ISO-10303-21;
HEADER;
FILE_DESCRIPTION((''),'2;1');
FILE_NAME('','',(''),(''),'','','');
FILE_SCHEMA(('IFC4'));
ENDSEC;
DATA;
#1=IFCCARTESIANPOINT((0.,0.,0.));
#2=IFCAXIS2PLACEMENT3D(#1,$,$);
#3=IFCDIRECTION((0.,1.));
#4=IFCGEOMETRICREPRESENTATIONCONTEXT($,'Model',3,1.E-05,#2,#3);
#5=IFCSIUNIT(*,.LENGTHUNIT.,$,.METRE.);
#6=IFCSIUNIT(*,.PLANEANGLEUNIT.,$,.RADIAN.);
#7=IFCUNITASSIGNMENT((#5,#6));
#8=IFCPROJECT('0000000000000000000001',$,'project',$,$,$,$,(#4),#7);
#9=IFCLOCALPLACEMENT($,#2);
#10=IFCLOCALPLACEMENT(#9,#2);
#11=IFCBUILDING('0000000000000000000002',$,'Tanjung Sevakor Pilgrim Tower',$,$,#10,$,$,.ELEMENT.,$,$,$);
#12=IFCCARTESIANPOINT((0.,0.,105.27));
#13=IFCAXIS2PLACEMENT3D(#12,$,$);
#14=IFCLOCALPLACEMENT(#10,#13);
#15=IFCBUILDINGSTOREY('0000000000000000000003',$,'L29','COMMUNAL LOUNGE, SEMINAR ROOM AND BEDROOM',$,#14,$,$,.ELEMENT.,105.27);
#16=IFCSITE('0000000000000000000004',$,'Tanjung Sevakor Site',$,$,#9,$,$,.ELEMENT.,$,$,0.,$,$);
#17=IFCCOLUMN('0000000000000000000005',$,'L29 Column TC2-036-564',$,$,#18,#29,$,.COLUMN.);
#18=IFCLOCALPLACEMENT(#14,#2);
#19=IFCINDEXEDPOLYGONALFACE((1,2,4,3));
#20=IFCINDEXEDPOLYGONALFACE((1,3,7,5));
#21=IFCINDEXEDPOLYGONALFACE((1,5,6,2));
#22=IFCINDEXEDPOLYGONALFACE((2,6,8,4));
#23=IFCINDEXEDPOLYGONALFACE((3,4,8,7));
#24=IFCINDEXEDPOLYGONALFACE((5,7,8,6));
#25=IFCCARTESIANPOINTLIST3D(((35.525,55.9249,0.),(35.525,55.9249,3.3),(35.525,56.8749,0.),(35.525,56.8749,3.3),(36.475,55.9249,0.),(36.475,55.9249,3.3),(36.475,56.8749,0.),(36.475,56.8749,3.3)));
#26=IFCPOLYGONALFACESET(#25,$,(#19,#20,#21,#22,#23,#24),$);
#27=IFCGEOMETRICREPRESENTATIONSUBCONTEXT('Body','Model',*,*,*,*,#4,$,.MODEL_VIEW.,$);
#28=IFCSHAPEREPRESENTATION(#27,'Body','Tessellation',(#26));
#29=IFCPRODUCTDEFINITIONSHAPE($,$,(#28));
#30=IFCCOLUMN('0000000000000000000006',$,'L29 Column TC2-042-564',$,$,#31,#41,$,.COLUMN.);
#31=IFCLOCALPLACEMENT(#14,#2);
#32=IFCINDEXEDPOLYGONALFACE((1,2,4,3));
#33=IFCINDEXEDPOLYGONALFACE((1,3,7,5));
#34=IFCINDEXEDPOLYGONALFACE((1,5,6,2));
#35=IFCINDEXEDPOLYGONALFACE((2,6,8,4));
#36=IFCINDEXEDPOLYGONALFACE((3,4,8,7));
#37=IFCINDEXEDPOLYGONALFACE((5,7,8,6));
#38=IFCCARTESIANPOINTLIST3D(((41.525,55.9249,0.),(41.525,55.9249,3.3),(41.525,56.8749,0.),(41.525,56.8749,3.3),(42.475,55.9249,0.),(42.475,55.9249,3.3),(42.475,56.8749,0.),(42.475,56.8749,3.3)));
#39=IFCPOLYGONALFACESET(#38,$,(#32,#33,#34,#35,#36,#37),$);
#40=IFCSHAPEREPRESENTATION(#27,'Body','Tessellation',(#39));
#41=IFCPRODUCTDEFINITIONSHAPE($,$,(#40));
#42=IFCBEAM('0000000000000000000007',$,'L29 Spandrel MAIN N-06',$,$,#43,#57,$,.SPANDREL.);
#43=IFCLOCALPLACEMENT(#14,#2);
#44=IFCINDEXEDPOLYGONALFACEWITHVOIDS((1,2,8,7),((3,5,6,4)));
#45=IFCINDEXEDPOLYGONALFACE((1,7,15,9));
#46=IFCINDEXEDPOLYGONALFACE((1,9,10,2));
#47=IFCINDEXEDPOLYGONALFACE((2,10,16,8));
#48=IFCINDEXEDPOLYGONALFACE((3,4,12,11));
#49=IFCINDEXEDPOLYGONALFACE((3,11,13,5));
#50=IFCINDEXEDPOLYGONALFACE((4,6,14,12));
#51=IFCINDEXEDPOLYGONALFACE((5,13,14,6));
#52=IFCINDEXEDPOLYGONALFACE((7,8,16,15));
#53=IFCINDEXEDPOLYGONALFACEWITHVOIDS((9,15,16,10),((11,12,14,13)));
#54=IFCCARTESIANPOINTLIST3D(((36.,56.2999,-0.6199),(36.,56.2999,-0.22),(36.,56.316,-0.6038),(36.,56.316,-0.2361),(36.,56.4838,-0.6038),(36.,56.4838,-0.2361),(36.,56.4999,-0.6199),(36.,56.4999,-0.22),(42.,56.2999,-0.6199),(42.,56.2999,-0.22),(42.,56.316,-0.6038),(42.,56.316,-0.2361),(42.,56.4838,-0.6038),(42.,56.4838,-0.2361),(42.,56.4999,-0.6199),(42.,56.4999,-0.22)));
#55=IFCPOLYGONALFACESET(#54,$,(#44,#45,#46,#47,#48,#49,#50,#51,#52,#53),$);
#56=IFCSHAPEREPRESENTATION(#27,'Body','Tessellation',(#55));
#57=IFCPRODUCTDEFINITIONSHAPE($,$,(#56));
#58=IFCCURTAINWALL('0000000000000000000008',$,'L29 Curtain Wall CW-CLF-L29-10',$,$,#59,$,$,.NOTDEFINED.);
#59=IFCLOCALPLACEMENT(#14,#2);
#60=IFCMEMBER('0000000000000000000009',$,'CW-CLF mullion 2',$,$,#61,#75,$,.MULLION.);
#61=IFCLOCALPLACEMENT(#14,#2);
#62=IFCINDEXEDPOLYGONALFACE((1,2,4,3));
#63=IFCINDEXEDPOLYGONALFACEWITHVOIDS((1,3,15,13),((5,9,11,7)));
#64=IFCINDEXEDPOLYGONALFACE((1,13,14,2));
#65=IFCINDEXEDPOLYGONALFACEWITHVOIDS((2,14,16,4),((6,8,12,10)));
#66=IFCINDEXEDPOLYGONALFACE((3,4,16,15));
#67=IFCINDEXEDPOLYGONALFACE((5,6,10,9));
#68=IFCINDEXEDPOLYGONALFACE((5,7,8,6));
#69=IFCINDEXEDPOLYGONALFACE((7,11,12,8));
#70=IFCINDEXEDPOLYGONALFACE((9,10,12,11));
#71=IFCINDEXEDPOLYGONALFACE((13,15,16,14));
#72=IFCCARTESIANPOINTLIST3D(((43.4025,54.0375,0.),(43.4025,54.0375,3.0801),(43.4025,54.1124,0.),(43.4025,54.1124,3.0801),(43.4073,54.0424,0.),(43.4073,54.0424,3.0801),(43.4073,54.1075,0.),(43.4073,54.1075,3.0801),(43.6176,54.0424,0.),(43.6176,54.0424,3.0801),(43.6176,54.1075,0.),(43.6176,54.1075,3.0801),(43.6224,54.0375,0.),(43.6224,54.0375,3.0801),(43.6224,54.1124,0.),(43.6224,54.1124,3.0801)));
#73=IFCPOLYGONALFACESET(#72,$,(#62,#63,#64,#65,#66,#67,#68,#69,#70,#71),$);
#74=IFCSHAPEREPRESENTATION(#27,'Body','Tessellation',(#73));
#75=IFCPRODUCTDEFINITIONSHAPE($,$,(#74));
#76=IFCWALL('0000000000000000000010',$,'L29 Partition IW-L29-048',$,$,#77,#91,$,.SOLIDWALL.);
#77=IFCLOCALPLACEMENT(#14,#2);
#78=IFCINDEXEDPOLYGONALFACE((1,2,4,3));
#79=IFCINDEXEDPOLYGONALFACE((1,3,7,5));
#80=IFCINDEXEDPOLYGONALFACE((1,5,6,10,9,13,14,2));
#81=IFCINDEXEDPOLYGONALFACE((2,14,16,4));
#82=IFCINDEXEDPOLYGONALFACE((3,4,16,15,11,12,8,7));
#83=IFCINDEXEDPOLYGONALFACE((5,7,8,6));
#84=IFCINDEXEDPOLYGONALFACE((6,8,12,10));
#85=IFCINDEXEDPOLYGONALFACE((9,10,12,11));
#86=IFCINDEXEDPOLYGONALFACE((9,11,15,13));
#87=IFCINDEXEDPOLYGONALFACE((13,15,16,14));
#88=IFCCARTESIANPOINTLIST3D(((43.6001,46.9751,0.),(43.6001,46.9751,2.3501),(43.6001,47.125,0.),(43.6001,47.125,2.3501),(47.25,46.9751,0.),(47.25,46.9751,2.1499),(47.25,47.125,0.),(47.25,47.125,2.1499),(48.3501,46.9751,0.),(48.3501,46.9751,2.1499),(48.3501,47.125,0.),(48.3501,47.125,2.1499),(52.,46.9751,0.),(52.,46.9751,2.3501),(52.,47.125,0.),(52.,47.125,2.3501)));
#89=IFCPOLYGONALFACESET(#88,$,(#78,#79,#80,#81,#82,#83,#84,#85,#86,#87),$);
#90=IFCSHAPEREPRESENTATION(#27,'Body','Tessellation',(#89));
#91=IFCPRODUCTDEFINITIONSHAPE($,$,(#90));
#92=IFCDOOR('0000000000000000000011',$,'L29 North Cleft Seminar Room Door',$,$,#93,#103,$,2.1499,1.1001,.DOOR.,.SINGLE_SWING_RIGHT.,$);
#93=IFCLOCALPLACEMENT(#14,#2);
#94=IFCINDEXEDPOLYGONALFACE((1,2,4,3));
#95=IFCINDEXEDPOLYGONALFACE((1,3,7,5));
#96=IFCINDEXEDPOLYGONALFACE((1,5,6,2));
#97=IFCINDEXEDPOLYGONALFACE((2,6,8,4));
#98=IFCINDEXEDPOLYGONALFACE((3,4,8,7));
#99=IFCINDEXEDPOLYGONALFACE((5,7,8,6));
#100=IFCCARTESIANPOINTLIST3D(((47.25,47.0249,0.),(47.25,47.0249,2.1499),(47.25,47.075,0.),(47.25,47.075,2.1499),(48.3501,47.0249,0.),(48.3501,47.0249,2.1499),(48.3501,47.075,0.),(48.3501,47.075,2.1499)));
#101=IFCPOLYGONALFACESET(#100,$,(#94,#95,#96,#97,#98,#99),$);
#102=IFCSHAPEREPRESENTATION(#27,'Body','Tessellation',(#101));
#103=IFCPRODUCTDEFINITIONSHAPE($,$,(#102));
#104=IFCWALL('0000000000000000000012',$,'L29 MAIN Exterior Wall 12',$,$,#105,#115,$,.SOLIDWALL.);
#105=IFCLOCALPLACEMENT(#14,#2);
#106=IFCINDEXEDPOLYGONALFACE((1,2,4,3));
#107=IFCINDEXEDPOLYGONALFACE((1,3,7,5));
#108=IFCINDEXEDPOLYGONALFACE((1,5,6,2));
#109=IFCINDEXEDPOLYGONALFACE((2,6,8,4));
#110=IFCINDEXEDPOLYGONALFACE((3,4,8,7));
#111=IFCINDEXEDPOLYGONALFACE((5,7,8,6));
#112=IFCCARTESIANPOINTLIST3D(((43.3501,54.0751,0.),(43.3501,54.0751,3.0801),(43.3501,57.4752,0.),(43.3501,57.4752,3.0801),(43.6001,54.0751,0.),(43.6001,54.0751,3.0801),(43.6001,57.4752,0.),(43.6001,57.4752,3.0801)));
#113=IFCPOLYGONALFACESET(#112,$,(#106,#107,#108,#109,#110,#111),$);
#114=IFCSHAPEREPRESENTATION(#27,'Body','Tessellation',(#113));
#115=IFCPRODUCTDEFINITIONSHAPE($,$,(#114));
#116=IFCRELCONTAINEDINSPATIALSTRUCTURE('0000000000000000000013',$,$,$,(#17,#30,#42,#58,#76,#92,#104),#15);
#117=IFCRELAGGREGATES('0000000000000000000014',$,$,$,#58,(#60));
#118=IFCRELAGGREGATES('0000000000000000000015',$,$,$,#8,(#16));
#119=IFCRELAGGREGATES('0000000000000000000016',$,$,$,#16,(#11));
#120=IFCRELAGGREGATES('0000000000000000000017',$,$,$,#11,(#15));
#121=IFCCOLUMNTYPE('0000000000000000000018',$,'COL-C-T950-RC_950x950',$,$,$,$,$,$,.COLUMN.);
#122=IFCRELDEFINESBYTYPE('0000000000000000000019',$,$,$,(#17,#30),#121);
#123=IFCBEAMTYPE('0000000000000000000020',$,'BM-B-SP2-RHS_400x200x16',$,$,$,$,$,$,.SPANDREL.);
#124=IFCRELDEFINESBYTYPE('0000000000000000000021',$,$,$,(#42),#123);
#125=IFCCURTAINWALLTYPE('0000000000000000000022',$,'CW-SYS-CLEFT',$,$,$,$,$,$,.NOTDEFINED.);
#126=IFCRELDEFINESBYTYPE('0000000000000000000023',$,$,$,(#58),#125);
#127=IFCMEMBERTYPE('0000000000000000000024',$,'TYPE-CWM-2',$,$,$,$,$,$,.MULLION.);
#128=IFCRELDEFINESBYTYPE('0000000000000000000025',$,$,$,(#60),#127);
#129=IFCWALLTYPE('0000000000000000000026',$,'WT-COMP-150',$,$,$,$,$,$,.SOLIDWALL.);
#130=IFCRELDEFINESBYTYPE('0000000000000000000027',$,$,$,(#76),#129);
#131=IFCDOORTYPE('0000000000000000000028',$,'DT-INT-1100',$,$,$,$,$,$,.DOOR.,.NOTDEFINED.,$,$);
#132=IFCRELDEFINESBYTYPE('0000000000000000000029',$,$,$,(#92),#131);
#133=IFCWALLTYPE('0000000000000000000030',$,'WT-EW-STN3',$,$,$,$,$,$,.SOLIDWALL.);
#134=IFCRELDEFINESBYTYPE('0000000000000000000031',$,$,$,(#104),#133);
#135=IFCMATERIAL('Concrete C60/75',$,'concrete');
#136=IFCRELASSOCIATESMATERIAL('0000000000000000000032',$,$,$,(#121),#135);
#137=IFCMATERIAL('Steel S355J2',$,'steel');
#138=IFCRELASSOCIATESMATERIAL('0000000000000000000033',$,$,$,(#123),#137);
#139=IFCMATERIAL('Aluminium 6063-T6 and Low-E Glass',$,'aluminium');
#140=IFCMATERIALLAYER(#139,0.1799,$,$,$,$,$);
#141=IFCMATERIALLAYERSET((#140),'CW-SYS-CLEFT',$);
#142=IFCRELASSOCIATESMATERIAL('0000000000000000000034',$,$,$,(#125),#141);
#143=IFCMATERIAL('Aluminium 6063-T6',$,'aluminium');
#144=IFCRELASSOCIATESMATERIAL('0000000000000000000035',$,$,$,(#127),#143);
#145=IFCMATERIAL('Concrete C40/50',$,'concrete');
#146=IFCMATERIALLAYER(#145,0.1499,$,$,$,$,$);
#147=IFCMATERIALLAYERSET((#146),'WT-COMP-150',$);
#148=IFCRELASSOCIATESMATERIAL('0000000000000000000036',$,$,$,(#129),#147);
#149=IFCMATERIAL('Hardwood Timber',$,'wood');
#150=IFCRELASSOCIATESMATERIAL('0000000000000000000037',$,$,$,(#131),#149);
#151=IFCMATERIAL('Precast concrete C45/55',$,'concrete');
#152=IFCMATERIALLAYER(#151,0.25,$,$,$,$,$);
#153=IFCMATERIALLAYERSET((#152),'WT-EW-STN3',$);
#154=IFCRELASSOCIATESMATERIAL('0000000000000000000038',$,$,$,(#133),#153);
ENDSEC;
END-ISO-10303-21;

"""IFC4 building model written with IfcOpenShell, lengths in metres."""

from ifc_helpers import new_model, si_unit, direction, frame, frame_2d, origin, origin_2d, place, context, subcontext, project, spatial, rectangle, hollow_rectangle, extrude, material, layer, layer_set, material_profile, profile_set, type_object, element, fill, aggregate, save


model = new_model("IFC4")

# Units and contexts
model_context = context("Model", 3, precision=1e-05, world=origin(), true_north=direction((0.0, 1.0)))
body_context = subcontext(model_context, "Body", "Model", "MODEL_VIEW")
ifc_project = project(units=[si_unit("LENGTHUNIT", "METRE"), si_unit("PLANEANGLEUNIT", "RADIAN")], contexts=[model_context])

# Site, building, storey
site_placement = place(None, origin())
site = spatial("IfcSite", under=ifc_project, at=site_placement, Name="Tanjung Sevakor Site", CompositionType="ELEMENT", RefElevation=0.0)
building_placement = place(site_placement, origin())
building = spatial("IfcBuilding", under=site, at=building_placement, Name="Tanjung Sevakor Pilgrim Tower", CompositionType="ELEMENT")
storey_placement = place(building_placement, frame((0.0, 0.0, 105.27)))
storey = spatial("IfcBuildingStorey", under=building, at=storey_placement, Name="L29", Description="COMMUNAL LOUNGE, SEMINAR ROOM AND BEDROOM", CompositionType="ELEMENT", Elevation=105.27)

# Columns
ifc_material_1 = material(Name="Concrete C60/75", Category="concrete")
ifc_material_profile_1 = material_profile(ifc_material_1, rectangle(XDim=0.95, YDim=0.95, at=origin_2d()))
ifc_profile_set_1 = profile_set([ifc_material_profile_1], Name="Concrete C60/75")
column_type = type_object("IfcColumnType", Name="COL-C-T950-RC_950x950", PredefinedType="COLUMN", material=ifc_profile_set_1)
for number, where, z_axis, x_axis, name in (
    (1, (36.0, 56.3999, 0.0), (0.0, 0.0, 1.0), (1.0, 0.0, 0.0), "L29 Column TC2-036-564"),
    (2, (42.0, 56.3999, 0.0), (0.0, 0.0, 1.0), (1.0, 0.0, 0.0), "L29 Column TC2-042-564"),
):
    element("IfcColumn", number, at=place(storey_placement, frame(where, z_axis=z_axis, x_axis=x_axis)), inside=storey, type_object=column_type, Name=name, PredefinedType="COLUMN", context=body_context, shape_type="SweptSolid", body=[
        extrude(rectangle(XDim=0.95, YDim=0.95, at=origin_2d()), origin(), (0.0, 0.0, 1.0), 3.3),
    ])

# Beam
ifc_material_2 = material(Name="Steel S355J2", Category="steel")
ifc_material_profile_2 = material_profile(ifc_material_2, hollow_rectangle(XDim=0.2, YDim=0.3999, WallThickness=0.0161, at=origin_2d()))
ifc_profile_set_2 = profile_set([ifc_material_profile_2], Name="Steel S355J2")
beam_type = type_object("IfcBeamType", Name="BM-B-SP2-RHS_400x200x16", PredefinedType="SPANDREL", material=ifc_profile_set_2)
beam_placement = place(storey_placement, frame((36.0, 56.3999, -0.4199), z_axis=(1.0, 0.0, 0.0), x_axis=(0.0, 1.0, 0.0)))
element("IfcBeam", 3, at=beam_placement, inside=storey, type_object=beam_type, Name="L29 Spandrel MAIN N-06", PredefinedType="SPANDREL", context=body_context, shape_type="SweptSolid", body=[
    extrude(hollow_rectangle(XDim=0.2, YDim=0.3999, WallThickness=0.0161, at=origin_2d()), origin(), (0.0, 0.0, 1.0), 6.0),
])

# Curtain wall, member
ifc_material_3 = material(Name="Aluminium 6063-T6 and Low-E Glass", Category="aluminium")
ifc_layer_1 = layer(ifc_material_3, 0.1799)
ifc_layer_set_1 = layer_set([ifc_layer_1], Name="CW-SYS-CLEFT")
curtain_wall_type = type_object("IfcCurtainWallType", Name="CW-SYS-CLEFT", PredefinedType="NOTDEFINED", material=ifc_layer_set_1)
curtain_wall_placement = place(storey_placement, origin())
curtain_wall = element("IfcCurtainWall", 4, at=curtain_wall_placement, inside=storey, type_object=curtain_wall_type, Name="L29 Curtain Wall CW-CLF-L29-10", PredefinedType="NOTDEFINED")
ifc_material_4 = material(Name="Aluminium 6063-T6", Category="aluminium")
ifc_material_profile_3 = material_profile(ifc_material_4, hollow_rectangle(XDim=0.075, YDim=0.22, WallThickness=0.0049, at=origin_2d()))
ifc_profile_set_3 = profile_set([ifc_material_profile_3], Name="Aluminium 6063-T6")
member_type = type_object("IfcMemberType", Name="TYPE-CWM-2", PredefinedType="MULLION", material=ifc_profile_set_3)
member_placement = place(storey_placement, frame((43.5125, 54.075, 0.0), z_axis=(0.0, 0.0, 1.0), x_axis=(0.0, -1.0, 0.0)))
member = element("IfcMember", 5, at=member_placement, type_object=member_type, Name="CW-CLF mullion 2", PredefinedType="MULLION", context=body_context, shape_type="SweptSolid", body=[
    extrude(hollow_rectangle(XDim=0.075, YDim=0.22, WallThickness=0.0049, at=origin_2d()), origin(), (0.0, 0.0, 1.0), 3.0801),
])
aggregate(curtain_wall, [member])

# Wall, opening, door
ifc_material_5 = material(Name="Concrete C40/50", Category="concrete")
ifc_layer_2 = layer(ifc_material_5, 0.1499)
ifc_layer_set_2 = layer_set([ifc_layer_2], Name="WT-COMP-150")
wall_type_1 = type_object("IfcWallType", Name="WT-COMP-150", PredefinedType="SOLIDWALL", material=ifc_layer_set_2)
wall_1_placement = place(storey_placement, frame((43.6001, 47.05, 0.0), z_axis=(0.0, 0.0, 1.0), x_axis=(1.0, 0.0, 0.0)))
wall_1 = element("IfcWall", 6, at=wall_1_placement, inside=storey, type_object=wall_type_1, Name="L29 Partition IW-L29-048", PredefinedType="SOLIDWALL", context=body_context, shape_type="SweptSolid", body=[
    extrude(rectangle(XDim=8.3999, YDim=0.1499, at=frame_2d((4.2, 0.0))), origin(), (0.0, 0.0, 1.0), 2.3501),
])
opening_1_placement = place(wall_1_placement, frame((3.6499, 0.0, 0.0)))
opening_1 = element("IfcOpeningElement", 7, at=opening_1_placement, cuts=wall_1, PredefinedType="OPENING", context=body_context, shape_type="SweptSolid", body=[
    extrude(rectangle(XDim=1.1001, YDim=2.1499, at=frame_2d((0.55, 1.075))), frame((0.0, 0.085, 0.0), z_axis=(0.0, -1.0, 0.0), x_axis=(1.0, 0.0, 0.0)), (0.0, 0.0, 1.0), 0.1699),
])
ifc_material_6 = material(Name="Hardwood Timber", Category="wood")
door_type_1 = type_object("IfcDoorType", Name="DT-INT-1100", OperationType="NOTDEFINED", PredefinedType="DOOR", material=ifc_material_6)
door_1_placement = place(opening_1_placement, origin())
door_1 = element("IfcDoor", 8, at=door_1_placement, inside=storey, type_object=door_type_1, Name="L29 North Cleft Seminar Room Door", OperationType="SINGLE_SWING_RIGHT", OverallHeight=2.1499, OverallWidth=1.1001, PredefinedType="DOOR", context=body_context, shape_type="SweptSolid", body=[
    extrude(rectangle(XDim=1.1001, YDim=2.1499, at=frame_2d((0.55, 1.075))), frame((0.0, 0.0249, 0.0), z_axis=(0.0, -1.0, 0.0), x_axis=(1.0, 0.0, 0.0)), (0.0, 0.0, 1.0), 0.05),
])
fill(opening_1, door_1)

# Wall
ifc_material_7 = material(Name="Precast concrete C45/55", Category="concrete")
ifc_layer_3 = layer(ifc_material_7, 0.25)
ifc_layer_set_3 = layer_set([ifc_layer_3], Name="WT-EW-STN3")
wall_type_2 = type_object("IfcWallType", Name="WT-EW-STN3", PredefinedType="SOLIDWALL", material=ifc_layer_set_3)
wall_2_placement = place(storey_placement, frame((43.4751, 54.075, 0.0), z_axis=(0.0, 0.0, 1.0), x_axis=(0.0, 1.0, 0.0)))
element("IfcWall", 9, at=wall_2_placement, inside=storey, type_object=wall_type_2, Name="L29 MAIN Exterior Wall 12", PredefinedType="SOLIDWALL", context=body_context, shape_type="SweptSolid", body=[
    extrude(rectangle(XDim=3.4001, YDim=0.25, at=frame_2d((1.7002, 0.0))), origin(), (0.0, 0.0, 1.0), 3.0801),
])

save(model, "model.ifc")
